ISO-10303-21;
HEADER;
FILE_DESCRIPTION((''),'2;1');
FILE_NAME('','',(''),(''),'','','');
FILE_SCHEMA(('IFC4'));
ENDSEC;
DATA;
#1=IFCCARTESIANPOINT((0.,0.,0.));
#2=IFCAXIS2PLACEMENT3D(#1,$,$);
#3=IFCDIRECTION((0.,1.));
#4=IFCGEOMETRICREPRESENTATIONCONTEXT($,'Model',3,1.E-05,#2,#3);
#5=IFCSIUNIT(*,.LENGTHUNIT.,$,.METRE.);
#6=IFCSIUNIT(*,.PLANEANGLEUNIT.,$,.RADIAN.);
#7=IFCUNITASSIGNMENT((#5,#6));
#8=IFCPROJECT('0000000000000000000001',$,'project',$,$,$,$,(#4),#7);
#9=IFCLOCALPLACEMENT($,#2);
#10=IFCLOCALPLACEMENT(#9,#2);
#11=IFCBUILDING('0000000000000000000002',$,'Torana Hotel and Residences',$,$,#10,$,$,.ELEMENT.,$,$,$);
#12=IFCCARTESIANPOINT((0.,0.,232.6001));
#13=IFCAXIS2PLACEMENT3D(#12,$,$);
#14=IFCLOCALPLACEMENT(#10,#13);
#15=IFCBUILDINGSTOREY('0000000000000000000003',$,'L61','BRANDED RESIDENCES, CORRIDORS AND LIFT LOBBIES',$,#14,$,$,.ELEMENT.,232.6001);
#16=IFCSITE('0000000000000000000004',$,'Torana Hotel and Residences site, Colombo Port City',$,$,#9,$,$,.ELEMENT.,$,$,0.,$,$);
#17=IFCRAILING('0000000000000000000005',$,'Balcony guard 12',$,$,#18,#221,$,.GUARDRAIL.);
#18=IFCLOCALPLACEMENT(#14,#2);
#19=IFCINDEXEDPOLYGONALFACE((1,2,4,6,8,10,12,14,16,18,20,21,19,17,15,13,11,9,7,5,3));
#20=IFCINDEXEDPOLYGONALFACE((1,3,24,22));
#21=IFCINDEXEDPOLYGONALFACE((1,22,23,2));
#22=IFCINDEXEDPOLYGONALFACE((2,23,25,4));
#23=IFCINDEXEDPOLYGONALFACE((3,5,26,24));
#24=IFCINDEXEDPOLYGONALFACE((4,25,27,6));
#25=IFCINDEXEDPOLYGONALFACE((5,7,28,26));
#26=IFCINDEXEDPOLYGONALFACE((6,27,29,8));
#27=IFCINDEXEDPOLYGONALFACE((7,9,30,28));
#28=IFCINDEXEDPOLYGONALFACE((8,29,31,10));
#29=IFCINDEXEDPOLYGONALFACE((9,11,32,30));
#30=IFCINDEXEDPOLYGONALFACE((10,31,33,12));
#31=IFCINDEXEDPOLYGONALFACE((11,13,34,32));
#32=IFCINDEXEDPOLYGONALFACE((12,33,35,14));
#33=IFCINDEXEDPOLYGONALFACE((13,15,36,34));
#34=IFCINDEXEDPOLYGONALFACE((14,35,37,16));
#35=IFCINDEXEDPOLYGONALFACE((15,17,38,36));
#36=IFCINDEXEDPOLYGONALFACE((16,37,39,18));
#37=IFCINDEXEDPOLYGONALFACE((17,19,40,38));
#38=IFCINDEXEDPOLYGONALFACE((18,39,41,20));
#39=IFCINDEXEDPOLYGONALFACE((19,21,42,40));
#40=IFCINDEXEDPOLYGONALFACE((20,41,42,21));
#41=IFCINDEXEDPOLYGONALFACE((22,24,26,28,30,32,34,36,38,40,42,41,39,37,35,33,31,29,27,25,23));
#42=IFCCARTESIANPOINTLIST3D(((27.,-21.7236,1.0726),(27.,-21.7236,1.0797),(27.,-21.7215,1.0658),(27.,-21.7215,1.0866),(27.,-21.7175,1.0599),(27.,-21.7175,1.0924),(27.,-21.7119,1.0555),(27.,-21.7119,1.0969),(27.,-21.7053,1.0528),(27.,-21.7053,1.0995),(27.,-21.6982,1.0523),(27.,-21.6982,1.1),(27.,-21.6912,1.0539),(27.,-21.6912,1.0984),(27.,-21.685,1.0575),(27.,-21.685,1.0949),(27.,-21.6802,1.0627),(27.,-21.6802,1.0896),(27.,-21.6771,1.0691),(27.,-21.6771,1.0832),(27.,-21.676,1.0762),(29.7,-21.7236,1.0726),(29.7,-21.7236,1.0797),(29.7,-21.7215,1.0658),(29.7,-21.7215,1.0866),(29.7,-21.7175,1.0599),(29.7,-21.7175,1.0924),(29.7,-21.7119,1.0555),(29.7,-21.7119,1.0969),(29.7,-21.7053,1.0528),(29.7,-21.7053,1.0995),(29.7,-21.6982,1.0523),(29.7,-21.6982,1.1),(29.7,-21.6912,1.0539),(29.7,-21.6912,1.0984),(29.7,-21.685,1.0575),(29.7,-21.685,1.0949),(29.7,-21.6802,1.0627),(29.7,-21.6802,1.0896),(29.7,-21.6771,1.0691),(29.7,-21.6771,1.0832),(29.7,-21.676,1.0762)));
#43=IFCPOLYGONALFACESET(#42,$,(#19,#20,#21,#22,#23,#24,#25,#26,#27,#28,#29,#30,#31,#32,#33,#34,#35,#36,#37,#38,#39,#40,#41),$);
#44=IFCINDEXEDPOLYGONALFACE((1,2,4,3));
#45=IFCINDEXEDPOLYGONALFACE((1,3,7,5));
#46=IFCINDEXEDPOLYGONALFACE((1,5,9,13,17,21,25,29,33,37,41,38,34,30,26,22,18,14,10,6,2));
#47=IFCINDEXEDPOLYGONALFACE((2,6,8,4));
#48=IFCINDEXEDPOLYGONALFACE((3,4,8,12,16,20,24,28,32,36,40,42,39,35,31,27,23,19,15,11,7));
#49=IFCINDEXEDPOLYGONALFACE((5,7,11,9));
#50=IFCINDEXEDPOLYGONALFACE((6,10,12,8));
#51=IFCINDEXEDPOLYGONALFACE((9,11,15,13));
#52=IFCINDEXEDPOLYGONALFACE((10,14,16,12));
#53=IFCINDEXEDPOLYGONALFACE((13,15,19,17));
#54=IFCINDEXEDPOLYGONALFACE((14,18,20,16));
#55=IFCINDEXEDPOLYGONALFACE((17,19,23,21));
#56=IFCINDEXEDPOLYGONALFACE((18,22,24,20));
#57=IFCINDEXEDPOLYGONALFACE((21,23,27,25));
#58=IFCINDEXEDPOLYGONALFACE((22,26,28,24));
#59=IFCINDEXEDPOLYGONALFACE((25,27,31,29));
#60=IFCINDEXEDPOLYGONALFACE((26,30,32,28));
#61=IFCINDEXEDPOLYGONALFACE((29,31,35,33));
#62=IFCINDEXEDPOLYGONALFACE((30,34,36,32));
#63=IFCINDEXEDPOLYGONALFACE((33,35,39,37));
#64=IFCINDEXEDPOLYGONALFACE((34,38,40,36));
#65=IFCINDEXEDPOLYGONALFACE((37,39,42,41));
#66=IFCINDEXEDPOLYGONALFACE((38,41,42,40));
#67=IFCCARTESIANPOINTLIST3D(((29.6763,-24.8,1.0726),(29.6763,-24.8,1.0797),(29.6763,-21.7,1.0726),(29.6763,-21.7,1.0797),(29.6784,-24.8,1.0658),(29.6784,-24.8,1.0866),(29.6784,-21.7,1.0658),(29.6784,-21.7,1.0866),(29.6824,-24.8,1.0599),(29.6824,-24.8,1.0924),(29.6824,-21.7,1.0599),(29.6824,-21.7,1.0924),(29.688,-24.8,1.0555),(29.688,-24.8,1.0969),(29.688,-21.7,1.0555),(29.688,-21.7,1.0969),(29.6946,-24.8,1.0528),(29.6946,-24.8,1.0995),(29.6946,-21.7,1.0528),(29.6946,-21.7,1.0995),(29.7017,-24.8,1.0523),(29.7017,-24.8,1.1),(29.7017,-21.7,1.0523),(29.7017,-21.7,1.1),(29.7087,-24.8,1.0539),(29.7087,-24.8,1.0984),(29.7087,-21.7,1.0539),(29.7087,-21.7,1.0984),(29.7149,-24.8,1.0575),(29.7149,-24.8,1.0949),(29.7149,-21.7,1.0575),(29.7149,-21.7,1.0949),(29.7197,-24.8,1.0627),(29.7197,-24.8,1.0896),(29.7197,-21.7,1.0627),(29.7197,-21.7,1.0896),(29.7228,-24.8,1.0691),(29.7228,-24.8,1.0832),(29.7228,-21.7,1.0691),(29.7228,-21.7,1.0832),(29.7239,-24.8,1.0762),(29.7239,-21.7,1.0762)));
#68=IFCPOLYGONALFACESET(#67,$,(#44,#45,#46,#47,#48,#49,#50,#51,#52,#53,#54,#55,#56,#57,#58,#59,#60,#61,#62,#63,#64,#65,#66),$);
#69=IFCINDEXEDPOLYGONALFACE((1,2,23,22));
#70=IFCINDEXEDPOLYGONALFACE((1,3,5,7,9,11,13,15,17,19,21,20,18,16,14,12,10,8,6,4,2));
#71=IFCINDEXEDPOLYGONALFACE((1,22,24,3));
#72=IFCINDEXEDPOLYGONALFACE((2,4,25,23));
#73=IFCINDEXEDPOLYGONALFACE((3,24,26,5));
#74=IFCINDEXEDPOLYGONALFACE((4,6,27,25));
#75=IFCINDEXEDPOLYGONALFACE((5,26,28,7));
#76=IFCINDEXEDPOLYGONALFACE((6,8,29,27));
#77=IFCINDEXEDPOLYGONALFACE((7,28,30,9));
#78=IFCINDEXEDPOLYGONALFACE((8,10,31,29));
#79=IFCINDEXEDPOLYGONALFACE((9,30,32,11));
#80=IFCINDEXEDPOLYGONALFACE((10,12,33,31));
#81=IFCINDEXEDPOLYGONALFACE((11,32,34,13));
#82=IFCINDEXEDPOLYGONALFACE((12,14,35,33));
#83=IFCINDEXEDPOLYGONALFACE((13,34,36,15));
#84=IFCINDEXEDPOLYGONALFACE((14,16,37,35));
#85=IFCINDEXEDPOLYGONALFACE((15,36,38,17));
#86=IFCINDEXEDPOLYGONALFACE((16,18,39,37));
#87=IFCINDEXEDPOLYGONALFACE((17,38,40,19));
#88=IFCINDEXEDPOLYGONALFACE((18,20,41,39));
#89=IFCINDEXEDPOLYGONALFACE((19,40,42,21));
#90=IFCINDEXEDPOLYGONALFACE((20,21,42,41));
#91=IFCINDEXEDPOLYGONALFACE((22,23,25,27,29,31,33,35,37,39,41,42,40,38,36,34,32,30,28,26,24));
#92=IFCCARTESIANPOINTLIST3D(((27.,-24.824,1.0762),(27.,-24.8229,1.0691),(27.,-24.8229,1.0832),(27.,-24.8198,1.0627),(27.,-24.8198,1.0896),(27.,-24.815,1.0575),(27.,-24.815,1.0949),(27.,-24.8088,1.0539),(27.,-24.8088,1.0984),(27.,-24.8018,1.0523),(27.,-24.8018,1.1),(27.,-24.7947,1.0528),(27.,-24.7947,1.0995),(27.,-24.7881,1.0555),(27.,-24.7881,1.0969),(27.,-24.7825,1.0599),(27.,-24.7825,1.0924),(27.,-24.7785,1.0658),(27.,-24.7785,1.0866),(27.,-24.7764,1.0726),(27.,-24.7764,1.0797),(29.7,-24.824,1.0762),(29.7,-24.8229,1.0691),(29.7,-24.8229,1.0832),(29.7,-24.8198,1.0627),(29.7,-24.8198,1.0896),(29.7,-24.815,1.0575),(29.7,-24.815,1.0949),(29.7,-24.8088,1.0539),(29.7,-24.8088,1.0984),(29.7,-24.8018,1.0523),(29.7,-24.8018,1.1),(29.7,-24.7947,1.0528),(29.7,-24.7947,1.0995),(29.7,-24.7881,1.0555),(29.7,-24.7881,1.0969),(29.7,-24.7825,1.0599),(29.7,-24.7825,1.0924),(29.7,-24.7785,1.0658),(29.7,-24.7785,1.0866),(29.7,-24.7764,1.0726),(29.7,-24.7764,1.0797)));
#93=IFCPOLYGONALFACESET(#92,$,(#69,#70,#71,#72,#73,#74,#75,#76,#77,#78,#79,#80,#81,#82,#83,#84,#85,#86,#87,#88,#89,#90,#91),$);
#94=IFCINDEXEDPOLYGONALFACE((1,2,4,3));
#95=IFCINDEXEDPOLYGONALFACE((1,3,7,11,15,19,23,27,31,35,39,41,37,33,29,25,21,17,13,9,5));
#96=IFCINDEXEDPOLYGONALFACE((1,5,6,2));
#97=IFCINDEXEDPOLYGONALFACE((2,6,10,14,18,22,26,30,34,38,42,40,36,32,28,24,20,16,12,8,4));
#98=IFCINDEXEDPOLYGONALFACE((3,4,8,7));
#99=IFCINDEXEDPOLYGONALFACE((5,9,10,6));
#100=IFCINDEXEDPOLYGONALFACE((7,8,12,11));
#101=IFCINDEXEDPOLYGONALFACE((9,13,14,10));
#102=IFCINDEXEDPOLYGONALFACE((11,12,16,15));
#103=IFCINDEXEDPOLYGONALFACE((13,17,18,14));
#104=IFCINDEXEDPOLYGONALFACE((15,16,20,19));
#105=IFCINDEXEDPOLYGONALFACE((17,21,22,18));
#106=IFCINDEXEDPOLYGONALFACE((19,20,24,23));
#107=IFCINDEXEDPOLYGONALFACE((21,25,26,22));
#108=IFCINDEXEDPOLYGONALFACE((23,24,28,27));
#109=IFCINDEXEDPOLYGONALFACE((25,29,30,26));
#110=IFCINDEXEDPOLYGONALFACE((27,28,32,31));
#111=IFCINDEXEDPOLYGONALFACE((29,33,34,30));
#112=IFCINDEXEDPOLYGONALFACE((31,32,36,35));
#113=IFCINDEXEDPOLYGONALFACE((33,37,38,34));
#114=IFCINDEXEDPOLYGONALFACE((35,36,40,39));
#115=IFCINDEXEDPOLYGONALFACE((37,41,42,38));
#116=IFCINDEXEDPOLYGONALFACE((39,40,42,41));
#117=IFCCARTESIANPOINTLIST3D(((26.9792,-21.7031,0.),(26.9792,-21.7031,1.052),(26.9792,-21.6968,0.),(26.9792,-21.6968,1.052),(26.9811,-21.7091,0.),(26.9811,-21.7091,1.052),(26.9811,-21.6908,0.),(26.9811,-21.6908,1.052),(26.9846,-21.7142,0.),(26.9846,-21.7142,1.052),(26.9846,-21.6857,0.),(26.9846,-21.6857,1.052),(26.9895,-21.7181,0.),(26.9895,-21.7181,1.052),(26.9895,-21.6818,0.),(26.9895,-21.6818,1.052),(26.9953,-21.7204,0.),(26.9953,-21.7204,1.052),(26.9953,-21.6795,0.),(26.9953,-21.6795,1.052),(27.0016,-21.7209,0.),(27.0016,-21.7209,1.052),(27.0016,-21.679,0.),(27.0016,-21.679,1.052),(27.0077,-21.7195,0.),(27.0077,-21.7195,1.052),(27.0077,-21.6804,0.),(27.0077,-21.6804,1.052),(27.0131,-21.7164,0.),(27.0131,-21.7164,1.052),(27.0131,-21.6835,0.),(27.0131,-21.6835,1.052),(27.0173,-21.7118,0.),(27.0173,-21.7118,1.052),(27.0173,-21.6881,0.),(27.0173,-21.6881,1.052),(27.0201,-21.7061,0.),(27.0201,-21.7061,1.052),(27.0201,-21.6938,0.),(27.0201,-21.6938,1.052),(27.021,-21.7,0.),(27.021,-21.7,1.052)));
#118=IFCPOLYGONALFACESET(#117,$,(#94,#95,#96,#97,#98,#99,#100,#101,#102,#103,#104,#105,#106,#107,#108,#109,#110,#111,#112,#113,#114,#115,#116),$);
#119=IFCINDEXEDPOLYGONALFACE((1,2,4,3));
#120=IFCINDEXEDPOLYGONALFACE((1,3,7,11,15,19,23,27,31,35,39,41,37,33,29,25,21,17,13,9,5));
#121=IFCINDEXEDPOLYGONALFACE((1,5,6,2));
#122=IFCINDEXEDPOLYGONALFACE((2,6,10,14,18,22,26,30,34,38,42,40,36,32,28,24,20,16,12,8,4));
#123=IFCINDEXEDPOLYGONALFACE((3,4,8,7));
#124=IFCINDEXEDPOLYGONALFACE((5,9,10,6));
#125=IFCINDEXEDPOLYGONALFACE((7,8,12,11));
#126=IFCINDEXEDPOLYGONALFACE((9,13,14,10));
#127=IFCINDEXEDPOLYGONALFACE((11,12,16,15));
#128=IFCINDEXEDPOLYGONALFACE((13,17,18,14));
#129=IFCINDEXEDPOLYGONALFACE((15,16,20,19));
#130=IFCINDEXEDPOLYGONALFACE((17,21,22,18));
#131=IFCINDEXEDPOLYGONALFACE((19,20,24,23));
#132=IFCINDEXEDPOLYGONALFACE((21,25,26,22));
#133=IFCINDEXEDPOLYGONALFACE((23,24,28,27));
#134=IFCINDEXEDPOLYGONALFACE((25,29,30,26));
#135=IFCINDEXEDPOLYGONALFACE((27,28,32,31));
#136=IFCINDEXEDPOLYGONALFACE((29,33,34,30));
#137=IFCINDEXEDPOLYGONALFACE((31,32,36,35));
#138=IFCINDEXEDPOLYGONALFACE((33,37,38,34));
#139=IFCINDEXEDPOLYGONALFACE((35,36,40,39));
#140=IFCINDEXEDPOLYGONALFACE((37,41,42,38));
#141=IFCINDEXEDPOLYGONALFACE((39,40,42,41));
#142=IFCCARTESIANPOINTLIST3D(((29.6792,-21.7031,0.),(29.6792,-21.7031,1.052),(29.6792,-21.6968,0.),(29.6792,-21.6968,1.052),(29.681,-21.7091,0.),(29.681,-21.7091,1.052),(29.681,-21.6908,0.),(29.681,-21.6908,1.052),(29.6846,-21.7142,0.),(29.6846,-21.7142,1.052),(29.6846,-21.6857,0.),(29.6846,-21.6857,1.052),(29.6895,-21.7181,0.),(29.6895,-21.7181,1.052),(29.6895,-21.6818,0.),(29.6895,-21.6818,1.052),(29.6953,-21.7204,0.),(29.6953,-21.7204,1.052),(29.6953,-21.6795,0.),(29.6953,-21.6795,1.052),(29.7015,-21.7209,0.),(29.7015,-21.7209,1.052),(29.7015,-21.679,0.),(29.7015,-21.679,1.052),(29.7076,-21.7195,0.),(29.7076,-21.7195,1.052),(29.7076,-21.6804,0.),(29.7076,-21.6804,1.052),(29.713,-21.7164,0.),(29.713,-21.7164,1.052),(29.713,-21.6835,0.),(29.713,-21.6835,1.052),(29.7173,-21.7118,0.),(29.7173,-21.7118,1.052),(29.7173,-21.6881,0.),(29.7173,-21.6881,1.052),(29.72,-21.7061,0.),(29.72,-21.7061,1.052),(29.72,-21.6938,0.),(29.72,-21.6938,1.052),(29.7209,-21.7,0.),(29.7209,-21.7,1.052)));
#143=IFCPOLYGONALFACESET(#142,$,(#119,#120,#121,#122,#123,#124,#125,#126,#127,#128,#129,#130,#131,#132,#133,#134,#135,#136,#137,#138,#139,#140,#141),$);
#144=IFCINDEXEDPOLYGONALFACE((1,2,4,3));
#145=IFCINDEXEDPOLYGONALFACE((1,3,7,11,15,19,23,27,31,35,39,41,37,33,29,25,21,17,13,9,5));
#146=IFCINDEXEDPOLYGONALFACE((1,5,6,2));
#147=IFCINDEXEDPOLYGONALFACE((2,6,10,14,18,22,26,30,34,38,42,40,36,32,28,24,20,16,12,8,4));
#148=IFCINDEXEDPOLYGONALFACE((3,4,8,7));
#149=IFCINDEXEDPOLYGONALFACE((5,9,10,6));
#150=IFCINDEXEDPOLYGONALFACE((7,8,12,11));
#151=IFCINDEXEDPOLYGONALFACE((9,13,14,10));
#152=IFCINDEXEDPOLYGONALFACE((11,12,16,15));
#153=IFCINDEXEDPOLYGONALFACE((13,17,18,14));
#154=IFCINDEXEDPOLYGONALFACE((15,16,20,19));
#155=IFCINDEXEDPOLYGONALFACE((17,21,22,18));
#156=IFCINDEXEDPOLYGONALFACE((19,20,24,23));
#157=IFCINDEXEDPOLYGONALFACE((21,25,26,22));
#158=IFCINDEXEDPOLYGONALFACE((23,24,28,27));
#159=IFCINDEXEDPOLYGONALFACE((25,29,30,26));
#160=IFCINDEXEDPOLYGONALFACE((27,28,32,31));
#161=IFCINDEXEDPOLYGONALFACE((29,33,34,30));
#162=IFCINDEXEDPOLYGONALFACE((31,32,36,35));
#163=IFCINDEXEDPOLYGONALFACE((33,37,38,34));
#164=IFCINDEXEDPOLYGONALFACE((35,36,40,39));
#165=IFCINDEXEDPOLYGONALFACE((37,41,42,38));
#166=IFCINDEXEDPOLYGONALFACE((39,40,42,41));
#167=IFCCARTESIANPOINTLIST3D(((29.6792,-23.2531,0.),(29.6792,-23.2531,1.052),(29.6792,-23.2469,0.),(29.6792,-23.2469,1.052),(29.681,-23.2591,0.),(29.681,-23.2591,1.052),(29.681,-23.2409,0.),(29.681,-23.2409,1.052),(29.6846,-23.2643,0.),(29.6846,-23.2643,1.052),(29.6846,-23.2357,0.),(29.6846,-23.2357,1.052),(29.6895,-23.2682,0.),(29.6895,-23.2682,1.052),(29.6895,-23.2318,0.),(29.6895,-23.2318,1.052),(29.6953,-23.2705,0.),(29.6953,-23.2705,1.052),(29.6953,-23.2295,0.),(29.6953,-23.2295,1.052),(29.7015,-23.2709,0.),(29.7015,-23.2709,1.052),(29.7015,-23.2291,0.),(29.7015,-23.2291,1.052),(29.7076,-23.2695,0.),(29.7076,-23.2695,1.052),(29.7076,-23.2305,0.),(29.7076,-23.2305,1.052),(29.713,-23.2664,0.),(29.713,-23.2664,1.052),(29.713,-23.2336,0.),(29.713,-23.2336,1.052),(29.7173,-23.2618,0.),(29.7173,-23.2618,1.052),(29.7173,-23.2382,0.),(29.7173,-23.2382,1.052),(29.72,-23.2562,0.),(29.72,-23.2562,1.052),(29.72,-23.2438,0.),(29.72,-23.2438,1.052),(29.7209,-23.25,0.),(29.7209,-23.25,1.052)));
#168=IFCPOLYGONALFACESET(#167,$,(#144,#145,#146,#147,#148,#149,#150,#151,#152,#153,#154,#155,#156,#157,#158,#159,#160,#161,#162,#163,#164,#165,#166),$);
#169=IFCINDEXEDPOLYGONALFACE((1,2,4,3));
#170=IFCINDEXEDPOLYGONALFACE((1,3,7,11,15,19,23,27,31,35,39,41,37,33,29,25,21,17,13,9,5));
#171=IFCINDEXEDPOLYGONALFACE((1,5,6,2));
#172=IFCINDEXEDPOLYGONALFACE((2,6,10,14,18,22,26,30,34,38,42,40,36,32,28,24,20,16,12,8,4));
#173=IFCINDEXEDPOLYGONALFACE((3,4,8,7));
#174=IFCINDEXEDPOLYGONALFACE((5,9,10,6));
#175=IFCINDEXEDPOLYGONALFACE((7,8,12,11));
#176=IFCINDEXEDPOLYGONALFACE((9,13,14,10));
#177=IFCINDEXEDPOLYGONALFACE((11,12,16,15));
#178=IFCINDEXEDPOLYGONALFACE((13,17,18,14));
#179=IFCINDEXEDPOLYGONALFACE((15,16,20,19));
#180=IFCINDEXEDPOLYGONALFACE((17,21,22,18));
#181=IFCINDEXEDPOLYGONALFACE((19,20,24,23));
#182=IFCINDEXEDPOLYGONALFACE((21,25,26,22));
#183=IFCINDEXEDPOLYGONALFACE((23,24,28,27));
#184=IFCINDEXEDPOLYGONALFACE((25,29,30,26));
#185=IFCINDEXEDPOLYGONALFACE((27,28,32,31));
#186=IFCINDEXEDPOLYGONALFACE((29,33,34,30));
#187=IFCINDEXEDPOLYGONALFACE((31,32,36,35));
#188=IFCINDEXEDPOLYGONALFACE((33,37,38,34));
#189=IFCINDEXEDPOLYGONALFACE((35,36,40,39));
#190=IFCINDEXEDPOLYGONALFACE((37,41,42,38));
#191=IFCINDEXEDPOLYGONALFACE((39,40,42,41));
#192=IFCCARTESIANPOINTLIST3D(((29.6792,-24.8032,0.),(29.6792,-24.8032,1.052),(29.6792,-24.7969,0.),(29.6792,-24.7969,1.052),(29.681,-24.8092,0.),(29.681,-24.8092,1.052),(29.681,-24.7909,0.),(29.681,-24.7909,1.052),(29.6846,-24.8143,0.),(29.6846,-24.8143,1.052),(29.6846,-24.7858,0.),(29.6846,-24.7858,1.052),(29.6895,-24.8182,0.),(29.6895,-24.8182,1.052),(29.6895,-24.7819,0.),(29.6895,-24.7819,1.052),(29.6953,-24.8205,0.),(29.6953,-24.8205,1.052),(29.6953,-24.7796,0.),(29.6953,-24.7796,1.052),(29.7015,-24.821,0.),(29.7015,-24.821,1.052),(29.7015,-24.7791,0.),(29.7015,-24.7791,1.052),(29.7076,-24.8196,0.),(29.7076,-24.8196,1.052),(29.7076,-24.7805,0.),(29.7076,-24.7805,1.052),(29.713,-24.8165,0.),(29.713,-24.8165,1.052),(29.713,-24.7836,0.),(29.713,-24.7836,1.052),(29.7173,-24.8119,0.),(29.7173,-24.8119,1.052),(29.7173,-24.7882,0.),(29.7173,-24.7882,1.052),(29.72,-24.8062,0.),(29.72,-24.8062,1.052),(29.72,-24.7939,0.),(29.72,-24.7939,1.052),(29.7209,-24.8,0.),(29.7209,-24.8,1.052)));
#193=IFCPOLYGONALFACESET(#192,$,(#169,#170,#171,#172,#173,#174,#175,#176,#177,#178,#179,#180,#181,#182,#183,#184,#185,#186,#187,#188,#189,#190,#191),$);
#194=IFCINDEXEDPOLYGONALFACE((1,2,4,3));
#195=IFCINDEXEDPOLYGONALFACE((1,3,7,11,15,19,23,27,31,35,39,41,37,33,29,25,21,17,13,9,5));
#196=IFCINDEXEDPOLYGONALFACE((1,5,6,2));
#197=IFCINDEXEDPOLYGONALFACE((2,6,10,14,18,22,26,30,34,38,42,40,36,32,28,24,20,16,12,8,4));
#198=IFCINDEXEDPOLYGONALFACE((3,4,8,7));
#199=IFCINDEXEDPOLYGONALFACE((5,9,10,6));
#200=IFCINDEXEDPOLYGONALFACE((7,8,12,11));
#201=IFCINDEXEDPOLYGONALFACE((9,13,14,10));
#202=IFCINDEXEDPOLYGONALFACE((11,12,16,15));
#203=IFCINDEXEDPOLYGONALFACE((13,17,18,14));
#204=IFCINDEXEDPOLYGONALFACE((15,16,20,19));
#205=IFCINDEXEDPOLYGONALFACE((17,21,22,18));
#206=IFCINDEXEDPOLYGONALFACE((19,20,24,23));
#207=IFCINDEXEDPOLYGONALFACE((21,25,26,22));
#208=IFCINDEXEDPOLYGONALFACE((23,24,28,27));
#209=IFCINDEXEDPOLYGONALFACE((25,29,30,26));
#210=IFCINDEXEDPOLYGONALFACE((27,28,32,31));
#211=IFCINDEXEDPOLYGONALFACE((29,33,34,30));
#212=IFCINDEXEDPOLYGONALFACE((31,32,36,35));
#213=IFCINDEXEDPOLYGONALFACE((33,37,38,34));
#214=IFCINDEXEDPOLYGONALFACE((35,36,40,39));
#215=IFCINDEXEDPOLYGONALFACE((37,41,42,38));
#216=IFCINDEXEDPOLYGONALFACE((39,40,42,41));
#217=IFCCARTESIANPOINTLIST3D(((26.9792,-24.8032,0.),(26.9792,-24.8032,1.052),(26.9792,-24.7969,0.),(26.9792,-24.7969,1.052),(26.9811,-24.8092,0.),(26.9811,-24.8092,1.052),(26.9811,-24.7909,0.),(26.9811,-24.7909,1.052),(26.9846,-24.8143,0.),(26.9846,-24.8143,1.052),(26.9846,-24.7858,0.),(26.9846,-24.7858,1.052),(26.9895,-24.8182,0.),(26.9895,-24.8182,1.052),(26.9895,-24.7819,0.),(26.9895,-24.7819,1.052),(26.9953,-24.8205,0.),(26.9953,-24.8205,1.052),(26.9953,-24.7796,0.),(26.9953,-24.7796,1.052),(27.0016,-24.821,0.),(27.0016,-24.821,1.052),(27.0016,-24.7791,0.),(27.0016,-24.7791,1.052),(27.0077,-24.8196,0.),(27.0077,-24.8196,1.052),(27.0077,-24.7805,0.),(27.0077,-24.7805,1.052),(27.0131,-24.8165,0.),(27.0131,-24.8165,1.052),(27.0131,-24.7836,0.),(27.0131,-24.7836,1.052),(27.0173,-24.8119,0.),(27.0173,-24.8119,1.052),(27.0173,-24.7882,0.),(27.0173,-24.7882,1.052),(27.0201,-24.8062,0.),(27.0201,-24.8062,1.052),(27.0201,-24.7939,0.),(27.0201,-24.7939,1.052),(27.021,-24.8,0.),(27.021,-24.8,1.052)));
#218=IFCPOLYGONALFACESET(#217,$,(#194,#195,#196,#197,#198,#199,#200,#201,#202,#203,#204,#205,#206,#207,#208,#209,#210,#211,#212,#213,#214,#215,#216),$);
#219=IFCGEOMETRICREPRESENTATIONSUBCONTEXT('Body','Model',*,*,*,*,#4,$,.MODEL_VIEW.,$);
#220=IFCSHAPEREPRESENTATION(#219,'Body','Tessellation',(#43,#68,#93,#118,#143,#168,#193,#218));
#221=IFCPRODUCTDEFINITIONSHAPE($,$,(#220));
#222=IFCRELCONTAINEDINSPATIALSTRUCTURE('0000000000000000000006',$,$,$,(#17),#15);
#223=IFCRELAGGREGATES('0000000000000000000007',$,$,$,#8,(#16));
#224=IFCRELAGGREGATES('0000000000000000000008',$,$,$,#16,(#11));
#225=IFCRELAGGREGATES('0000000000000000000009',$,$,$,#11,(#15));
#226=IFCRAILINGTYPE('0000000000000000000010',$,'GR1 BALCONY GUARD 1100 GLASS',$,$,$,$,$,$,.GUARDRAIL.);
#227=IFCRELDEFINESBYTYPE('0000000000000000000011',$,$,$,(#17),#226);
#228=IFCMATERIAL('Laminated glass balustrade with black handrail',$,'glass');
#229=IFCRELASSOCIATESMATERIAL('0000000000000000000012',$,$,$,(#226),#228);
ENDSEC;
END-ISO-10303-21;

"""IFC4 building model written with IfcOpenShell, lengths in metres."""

from ifc_helpers import new_model, si_unit, direction, frame, origin, origin_2d, place, context, subcontext, project, spatial, circle, extrude, material, type_object, element, save


model = new_model("IFC4")

# Units and contexts
model_context = context("Model", 3, precision=1e-05, world=origin(), true_north=direction((0.0, 1.0)))
body_context = subcontext(model_context, "Body", "Model", "MODEL_VIEW")
ifc_project = project(units=[si_unit("LENGTHUNIT", "METRE"), si_unit("PLANEANGLEUNIT", "RADIAN")], contexts=[model_context])

# Site, building, storey
site_placement = place(None, origin())
site = spatial("IfcSite", under=ifc_project, at=site_placement, Name="Torana Hotel and Residences site, Colombo Port City", CompositionType="ELEMENT", RefElevation=0.0)
building_placement = place(site_placement, origin())
building = spatial("IfcBuilding", under=site, at=building_placement, Name="Torana Hotel and Residences", CompositionType="ELEMENT")
storey_placement = place(building_placement, frame((0.0, 0.0, 232.6001)))
storey = spatial("IfcBuildingStorey", under=building, at=storey_placement, Name="L61", Description="BRANDED RESIDENCES, CORRIDORS AND LIFT LOBBIES", CompositionType="ELEMENT", Elevation=232.6001)

# Railing
ifc_material_1 = material(Name="Laminated glass balustrade with black handrail", Category="glass")
railing_type = type_object("IfcRailingType", Name="GR1 BALCONY GUARD 1100 GLASS", PredefinedType="GUARDRAIL", material=ifc_material_1)
railing_1_placement = place(storey_placement, frame((27.0, -21.7, 0.0)))
element("IfcRailing", 1, at=railing_1_placement, inside=storey, type_object=railing_type, Name="Balcony guard 12", PredefinedType="GUARDRAIL", context=body_context, shape_type="SweptSolid", body=[
    extrude(circle(Radius=0.0239, at=origin_2d()), frame((0.0, 0.0, 1.0762), z_axis=(1.0, 0.0, 0.0), x_axis=(0.0, 1.0, 0.0)), (0.0, 0.0, 1.0), 2.7),
    extrude(circle(Radius=0.0239, at=origin_2d()), frame((2.7, 0.0, 1.0762), z_axis=(0.0, -1.0, 0.0), x_axis=(1.0, 0.0, 0.0)), (0.0, 0.0, 1.0), 3.1001),
    extrude(circle(Radius=0.0239, at=origin_2d()), frame((2.7, -3.1001, 1.0762), z_axis=(-1.0, 0.0, 0.0), x_axis=(0.0, -1.0, 0.0)), (0.0, 0.0, 1.0), 2.7),
    extrude(circle(Radius=0.021, at=origin_2d()), origin(), (0.0, 0.0, 1.0), 1.052),
    extrude(circle(Radius=0.021, at=origin_2d()), frame((2.7, 0.0, 0.0)), (0.0, 0.0, 1.0), 1.052),
    extrude(circle(Radius=0.021, at=origin_2d()), frame((2.7, -1.55, 0.0)), (0.0, 0.0, 1.0), 1.052),
    extrude(circle(Radius=0.021, at=origin_2d()), frame((2.7, -3.1001, 0.0)), (0.0, 0.0, 1.0), 1.052),
    extrude(circle(Radius=0.021, at=origin_2d()), frame((0.0, -3.1001, 0.0)), (0.0, 0.0, 1.0), 1.052),
])

save(model, "model.ifc")
